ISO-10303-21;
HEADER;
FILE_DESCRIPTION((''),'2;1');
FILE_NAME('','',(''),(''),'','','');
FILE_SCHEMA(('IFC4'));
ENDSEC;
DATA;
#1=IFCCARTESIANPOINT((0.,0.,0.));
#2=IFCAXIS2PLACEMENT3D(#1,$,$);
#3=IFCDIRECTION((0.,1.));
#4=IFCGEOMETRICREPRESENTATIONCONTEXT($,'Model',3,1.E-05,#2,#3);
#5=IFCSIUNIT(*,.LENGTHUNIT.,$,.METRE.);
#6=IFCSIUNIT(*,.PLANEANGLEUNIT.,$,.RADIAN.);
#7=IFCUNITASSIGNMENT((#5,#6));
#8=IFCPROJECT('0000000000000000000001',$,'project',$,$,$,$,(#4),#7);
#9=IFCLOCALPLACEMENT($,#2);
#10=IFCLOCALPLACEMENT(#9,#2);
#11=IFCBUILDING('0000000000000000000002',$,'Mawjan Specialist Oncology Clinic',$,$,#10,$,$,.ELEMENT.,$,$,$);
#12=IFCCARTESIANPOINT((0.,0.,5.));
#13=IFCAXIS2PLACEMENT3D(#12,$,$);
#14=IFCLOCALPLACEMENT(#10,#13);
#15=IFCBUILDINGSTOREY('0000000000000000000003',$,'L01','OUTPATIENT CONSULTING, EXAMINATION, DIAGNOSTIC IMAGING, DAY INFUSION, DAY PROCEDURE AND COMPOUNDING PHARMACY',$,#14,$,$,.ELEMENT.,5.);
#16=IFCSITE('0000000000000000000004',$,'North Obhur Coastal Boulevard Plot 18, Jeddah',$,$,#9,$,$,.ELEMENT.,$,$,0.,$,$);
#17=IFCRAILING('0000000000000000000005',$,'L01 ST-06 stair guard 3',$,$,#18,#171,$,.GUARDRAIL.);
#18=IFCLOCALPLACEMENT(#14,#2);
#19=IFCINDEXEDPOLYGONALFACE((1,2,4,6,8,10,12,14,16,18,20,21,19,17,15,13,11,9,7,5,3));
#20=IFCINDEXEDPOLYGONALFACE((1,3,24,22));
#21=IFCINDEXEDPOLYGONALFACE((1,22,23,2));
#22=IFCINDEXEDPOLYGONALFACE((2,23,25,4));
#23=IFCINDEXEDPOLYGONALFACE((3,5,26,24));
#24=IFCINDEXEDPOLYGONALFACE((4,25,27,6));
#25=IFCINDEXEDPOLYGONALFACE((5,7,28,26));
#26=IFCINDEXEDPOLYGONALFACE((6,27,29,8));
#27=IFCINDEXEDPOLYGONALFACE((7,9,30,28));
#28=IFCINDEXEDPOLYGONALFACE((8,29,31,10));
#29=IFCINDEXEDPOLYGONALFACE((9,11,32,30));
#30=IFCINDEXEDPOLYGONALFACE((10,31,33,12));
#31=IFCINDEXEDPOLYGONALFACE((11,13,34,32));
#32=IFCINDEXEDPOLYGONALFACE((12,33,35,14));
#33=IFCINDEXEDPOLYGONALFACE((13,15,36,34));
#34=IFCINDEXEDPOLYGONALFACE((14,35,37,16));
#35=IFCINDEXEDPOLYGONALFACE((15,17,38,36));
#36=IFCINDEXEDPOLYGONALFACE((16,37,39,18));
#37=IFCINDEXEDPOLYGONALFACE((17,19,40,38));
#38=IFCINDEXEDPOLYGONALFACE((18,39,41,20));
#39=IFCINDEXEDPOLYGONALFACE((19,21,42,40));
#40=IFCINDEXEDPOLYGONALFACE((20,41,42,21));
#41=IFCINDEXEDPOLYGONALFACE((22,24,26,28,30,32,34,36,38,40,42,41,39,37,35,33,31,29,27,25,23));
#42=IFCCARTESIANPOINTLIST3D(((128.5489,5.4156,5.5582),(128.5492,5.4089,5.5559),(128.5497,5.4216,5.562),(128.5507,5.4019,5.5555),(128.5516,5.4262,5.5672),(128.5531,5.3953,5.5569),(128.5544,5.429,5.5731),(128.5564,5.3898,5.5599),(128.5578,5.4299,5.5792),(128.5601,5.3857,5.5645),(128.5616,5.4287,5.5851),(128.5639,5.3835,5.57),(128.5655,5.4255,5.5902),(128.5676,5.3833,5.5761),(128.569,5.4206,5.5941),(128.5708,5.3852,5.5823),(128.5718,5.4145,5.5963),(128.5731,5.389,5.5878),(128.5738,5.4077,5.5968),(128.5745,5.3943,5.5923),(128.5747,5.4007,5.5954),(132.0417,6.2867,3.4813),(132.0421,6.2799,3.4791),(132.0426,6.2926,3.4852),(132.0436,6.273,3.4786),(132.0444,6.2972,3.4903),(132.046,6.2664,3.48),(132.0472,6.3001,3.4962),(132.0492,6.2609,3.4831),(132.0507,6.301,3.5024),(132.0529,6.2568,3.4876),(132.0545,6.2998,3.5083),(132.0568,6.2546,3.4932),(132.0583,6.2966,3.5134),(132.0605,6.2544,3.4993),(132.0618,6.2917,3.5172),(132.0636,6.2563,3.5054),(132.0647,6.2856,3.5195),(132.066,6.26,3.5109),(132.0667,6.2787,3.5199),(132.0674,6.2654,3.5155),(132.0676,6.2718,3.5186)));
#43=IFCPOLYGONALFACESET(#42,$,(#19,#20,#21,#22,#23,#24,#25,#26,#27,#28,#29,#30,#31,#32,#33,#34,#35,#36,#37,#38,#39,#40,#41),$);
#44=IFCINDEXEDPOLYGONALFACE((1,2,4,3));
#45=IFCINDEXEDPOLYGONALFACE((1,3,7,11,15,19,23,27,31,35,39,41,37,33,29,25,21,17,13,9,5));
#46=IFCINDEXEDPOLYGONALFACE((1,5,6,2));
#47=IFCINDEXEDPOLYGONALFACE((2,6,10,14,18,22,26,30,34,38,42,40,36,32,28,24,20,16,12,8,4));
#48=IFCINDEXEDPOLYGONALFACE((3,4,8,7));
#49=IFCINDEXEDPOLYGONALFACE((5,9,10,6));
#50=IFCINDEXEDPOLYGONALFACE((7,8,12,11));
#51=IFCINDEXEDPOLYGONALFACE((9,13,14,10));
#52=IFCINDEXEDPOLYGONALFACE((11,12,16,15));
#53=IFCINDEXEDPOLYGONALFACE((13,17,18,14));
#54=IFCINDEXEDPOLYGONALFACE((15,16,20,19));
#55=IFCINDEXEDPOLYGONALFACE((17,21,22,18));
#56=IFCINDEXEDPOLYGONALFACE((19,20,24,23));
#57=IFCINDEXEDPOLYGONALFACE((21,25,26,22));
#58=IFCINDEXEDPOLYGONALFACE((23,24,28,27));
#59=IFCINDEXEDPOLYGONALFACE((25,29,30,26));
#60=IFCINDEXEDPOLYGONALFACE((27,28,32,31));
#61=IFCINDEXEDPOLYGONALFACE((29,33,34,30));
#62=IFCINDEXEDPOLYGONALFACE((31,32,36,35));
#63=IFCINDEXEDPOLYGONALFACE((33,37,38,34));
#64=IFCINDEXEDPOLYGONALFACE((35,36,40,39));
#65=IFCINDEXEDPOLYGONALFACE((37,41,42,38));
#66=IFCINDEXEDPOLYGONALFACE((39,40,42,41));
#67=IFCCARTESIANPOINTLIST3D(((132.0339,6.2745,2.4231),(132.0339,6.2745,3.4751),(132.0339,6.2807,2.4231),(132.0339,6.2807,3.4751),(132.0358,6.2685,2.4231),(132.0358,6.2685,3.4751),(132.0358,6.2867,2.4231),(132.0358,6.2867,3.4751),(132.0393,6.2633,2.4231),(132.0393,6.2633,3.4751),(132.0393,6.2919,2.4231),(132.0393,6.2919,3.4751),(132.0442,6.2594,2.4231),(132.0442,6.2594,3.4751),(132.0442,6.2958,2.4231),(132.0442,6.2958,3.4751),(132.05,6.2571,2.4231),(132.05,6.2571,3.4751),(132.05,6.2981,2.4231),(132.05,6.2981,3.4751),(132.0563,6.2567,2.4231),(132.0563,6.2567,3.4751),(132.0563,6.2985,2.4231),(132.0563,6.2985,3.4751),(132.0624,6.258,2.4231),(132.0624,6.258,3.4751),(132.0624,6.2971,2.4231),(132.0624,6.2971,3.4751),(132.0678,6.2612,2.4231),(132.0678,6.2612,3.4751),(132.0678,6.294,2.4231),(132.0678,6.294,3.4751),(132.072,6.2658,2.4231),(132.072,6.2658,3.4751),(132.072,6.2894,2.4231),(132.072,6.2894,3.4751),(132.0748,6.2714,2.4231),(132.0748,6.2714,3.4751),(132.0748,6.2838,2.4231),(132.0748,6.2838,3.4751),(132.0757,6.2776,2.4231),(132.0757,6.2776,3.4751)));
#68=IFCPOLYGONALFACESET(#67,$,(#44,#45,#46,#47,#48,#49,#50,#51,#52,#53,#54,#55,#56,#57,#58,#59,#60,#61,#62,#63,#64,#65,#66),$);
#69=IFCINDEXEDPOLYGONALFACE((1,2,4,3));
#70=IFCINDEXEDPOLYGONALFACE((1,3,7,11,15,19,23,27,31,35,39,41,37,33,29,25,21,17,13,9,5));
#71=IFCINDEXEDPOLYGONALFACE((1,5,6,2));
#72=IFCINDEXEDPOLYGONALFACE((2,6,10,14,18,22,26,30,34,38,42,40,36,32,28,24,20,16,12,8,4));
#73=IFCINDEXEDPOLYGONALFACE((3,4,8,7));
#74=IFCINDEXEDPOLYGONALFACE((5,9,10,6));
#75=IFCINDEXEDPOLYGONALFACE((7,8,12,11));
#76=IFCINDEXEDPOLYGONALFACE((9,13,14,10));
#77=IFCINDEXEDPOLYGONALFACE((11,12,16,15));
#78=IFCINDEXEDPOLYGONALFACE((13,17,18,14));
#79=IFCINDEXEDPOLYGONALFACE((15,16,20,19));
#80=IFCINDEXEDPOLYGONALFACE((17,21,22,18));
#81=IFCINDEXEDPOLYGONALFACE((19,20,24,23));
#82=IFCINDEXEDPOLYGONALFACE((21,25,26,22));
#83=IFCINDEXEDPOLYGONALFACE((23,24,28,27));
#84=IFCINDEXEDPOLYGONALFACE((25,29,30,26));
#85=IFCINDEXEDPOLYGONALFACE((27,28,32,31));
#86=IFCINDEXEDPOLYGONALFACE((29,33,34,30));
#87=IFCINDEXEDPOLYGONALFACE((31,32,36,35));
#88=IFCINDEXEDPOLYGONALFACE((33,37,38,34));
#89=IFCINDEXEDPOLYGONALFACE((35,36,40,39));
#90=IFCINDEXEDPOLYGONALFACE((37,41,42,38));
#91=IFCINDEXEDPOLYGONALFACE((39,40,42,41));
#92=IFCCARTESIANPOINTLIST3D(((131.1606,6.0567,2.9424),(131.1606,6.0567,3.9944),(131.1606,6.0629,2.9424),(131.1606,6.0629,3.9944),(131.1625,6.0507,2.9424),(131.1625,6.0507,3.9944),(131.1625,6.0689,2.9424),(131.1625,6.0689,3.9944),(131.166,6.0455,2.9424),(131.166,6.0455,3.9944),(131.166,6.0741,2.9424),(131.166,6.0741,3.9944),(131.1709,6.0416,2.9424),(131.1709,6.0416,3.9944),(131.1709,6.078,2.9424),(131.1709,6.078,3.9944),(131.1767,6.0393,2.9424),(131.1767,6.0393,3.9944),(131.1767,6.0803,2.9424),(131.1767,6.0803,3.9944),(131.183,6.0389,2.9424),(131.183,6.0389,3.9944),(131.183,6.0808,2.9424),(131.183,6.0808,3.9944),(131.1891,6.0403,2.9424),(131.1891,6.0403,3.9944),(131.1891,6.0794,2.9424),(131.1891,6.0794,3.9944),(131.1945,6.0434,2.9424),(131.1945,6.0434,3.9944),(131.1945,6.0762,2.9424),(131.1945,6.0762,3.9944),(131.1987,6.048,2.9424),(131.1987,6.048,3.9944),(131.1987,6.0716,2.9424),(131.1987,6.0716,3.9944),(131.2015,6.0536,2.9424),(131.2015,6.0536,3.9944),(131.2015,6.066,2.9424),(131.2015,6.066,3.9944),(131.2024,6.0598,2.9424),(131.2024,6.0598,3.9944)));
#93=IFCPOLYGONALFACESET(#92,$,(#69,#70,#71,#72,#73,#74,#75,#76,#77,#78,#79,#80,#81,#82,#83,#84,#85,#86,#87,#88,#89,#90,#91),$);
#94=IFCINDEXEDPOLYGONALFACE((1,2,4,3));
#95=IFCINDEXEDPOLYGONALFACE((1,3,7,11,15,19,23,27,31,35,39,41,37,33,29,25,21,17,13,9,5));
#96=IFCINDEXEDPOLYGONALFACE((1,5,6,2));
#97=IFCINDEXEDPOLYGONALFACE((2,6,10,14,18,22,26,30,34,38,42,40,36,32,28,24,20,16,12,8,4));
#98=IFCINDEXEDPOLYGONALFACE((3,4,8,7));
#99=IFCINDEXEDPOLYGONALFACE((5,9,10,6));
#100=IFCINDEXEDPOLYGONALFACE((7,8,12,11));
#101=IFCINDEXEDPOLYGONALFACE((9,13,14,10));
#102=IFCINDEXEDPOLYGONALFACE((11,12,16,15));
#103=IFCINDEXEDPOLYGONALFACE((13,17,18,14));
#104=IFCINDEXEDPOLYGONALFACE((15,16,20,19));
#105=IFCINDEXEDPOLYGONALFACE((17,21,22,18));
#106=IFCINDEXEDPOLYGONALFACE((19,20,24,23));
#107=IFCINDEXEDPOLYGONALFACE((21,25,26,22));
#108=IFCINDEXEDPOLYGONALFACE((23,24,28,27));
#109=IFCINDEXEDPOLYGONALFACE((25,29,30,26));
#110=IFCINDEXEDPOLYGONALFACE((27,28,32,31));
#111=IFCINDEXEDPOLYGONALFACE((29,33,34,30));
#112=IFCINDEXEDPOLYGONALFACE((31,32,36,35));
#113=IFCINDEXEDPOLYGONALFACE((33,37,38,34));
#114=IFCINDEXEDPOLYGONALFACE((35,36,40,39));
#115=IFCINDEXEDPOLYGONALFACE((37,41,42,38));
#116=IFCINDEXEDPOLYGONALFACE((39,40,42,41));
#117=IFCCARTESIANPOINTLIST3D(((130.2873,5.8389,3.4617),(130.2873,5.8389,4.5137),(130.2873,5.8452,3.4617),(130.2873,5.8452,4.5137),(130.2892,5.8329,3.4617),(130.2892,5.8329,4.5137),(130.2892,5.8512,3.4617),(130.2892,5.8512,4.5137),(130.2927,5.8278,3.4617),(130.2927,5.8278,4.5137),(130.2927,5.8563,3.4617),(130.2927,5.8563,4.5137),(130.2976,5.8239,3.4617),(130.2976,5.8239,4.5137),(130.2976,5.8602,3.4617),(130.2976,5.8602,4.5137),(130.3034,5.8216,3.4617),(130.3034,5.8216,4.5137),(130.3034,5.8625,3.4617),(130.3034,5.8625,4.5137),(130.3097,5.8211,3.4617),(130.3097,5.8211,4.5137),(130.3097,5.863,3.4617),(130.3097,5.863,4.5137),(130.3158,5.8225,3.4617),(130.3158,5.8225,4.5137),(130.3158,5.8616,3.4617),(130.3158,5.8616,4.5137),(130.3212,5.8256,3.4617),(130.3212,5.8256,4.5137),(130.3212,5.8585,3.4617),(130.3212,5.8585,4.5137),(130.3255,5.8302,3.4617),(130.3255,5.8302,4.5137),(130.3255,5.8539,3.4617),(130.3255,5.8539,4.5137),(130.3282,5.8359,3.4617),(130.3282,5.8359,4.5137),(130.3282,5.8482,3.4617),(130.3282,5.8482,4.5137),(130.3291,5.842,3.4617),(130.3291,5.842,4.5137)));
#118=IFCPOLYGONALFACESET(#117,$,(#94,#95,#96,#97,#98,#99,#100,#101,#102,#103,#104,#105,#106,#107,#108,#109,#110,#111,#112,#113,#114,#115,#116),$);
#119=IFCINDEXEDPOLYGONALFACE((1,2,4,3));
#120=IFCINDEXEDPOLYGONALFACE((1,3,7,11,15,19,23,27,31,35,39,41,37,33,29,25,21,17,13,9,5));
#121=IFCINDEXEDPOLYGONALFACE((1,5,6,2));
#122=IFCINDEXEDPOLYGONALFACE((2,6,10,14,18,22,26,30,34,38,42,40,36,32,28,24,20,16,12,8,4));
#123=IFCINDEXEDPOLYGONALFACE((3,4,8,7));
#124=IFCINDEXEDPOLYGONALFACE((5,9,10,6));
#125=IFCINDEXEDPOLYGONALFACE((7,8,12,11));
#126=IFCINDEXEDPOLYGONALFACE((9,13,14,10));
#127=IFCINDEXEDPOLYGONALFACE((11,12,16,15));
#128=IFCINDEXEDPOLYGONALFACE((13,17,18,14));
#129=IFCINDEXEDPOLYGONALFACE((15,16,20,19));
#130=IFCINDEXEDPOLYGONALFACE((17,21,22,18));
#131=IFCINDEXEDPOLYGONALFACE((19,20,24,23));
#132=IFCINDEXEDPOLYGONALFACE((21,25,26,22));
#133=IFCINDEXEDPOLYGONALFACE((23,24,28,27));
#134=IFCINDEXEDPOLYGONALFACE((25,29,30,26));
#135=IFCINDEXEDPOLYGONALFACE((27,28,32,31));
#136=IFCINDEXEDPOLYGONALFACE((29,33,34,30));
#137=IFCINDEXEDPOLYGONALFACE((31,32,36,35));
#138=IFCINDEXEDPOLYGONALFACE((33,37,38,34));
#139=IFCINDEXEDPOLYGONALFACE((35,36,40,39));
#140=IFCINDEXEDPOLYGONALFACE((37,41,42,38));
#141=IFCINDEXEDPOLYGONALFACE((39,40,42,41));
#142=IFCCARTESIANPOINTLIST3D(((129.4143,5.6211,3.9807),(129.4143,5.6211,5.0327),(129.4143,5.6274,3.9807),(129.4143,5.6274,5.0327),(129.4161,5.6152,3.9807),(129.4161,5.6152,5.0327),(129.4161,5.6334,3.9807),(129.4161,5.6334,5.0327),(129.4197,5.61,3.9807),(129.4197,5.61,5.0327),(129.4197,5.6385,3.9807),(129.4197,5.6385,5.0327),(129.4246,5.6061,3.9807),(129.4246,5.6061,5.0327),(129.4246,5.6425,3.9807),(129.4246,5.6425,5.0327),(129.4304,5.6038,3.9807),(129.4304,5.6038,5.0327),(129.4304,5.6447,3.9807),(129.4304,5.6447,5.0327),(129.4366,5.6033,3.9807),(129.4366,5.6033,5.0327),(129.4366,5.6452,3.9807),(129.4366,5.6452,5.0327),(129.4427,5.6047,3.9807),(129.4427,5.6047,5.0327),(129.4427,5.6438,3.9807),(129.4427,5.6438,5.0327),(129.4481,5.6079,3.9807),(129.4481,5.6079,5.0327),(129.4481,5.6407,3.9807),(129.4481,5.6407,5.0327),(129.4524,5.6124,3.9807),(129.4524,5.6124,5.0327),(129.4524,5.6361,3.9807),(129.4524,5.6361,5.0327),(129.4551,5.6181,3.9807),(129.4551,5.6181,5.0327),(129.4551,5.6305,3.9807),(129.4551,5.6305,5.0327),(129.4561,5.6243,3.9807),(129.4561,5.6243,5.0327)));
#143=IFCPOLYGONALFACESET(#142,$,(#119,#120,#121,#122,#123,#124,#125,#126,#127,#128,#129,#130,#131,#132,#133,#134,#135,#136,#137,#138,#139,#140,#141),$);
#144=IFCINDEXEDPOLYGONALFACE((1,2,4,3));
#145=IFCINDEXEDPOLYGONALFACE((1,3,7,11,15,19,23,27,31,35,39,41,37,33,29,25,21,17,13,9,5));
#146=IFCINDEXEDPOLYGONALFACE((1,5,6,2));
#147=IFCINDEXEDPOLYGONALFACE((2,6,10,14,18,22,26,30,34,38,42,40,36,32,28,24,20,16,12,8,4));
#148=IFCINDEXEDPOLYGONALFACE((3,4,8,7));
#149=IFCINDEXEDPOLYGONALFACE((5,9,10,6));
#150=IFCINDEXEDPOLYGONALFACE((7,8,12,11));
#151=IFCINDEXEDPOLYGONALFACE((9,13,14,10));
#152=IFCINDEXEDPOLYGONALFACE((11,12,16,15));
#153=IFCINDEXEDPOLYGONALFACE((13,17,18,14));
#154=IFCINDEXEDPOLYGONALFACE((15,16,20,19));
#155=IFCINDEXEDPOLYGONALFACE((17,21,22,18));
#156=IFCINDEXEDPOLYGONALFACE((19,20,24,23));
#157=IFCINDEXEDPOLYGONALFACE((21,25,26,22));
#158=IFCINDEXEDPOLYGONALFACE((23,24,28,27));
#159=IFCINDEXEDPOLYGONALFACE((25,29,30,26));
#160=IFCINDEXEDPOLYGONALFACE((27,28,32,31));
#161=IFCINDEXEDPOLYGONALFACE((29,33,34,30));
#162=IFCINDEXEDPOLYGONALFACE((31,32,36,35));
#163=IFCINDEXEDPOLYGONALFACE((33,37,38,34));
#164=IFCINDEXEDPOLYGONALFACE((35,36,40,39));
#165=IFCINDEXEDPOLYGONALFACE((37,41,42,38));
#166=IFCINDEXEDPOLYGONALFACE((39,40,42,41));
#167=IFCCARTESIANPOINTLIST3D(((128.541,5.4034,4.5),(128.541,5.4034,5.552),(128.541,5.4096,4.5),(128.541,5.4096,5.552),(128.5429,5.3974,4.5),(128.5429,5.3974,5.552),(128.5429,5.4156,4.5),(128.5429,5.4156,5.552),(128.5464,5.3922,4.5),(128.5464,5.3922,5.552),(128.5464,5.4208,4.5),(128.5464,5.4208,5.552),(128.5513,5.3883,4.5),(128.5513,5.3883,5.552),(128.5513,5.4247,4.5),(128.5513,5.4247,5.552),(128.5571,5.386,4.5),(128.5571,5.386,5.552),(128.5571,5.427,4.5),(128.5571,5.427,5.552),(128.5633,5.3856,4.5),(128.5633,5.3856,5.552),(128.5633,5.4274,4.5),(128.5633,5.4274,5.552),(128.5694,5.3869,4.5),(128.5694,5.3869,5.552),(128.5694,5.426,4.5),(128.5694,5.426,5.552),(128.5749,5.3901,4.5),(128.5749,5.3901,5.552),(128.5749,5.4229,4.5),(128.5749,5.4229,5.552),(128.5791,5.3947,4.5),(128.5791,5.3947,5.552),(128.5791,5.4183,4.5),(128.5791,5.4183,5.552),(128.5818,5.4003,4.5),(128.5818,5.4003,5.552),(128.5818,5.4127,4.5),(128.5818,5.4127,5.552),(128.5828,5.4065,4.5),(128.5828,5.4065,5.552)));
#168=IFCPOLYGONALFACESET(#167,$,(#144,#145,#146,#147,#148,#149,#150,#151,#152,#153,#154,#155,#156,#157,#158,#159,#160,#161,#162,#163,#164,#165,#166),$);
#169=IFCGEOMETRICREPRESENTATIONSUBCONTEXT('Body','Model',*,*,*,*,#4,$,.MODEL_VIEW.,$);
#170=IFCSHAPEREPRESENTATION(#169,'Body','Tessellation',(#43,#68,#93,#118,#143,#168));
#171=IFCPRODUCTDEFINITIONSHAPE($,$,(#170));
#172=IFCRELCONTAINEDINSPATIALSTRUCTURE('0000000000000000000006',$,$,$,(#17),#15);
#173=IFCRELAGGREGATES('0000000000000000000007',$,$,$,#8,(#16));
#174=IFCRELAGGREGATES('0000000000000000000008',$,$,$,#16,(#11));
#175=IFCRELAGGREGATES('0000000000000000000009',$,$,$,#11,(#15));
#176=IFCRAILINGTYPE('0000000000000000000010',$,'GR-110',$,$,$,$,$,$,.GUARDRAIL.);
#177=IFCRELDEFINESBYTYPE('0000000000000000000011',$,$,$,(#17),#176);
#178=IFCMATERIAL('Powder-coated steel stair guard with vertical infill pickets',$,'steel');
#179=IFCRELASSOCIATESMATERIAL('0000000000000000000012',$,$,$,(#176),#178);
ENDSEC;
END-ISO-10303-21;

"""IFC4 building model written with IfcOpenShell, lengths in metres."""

from ifc_helpers import new_model, si_unit, direction, frame, origin, origin_2d, place, context, subcontext, project, spatial, circle, extrude, material, type_object, element, save


model = new_model("IFC4")

# Units and contexts
model_context = context("Model", 3, precision=1e-05, world=origin(), true_north=direction((0.0, 1.0)))
body_context = subcontext(model_context, "Body", "Model", "MODEL_VIEW")
ifc_project = project(units=[si_unit("LENGTHUNIT", "METRE"), si_unit("PLANEANGLEUNIT", "RADIAN")], contexts=[model_context])

# Site, building, storey
site_placement = place(None, origin())
site = spatial("IfcSite", under=ifc_project, at=site_placement, Name="North Obhur Coastal Boulevard Plot 18, Jeddah", CompositionType="ELEMENT", RefElevation=0.0)
building_placement = place(site_placement, origin())
building = spatial("IfcBuilding", under=site, at=building_placement, Name="Mawjan Specialist Oncology Clinic", CompositionType="ELEMENT")
storey_placement = place(building_placement, frame((0.0, 0.0, 5.0)))
storey = spatial("IfcBuildingStorey", under=building, at=storey_placement, Name="L01", Description="OUTPATIENT CONSULTING, EXAMINATION, DIAGNOSTIC IMAGING, DAY INFUSION, DAY PROCEDURE AND COMPOUNDING PHARMACY", CompositionType="ELEMENT", Elevation=5.0)

# Railing
ifc_material_1 = material(Name="Powder-coated steel stair guard with vertical infill pickets", Category="steel")
railing_type_1 = type_object("IfcRailingType", Name="GR-110", PredefinedType="GUARDRAIL", material=ifc_material_1)
railing_1_placement = place(storey_placement, frame((132.0547, 6.2776, 2.4231)))
element("IfcRailing", 1, at=railing_1_placement, inside=storey, type_object=railing_type_1, Name="L01 ST-06 stair guard 3", PredefinedType="GUARDRAIL", context=body_context, shape_type="SweptSolid", body=[
    extrude(circle(Radius=0.0239, at=origin_2d()), frame((0.0, 0.0, 1.0762), z_axis=(-0.84044, -0.209596, 0.499729), x_axis=(0.241977, -0.970282, 0.0)), (0.0, 0.0, 1.0), 4.156),
    extrude(circle(Radius=0.021, at=origin_2d()), origin(), (0.0, 0.0, 1.0), 1.052),
    extrude(circle(Radius=0.021, at=origin_2d()), frame((-0.8733, -0.2178, 0.5193)), (0.0, 0.0, 1.0), 1.052),
    extrude(circle(Radius=0.021, at=origin_2d()), frame((-1.7466, -0.4355, 1.0386)), (0.0, 0.0, 1.0), 1.052),
    extrude(circle(Radius=0.021, at=origin_2d()), frame((-2.6196, -0.6533, 1.5576)), (0.0, 0.0, 1.0), 1.052),
    extrude(circle(Radius=0.021, at=origin_2d()), frame((-3.4929, -0.8711, 2.0769)), (0.0, 0.0, 1.0), 1.052),
])

save(model, "model.ifc")
